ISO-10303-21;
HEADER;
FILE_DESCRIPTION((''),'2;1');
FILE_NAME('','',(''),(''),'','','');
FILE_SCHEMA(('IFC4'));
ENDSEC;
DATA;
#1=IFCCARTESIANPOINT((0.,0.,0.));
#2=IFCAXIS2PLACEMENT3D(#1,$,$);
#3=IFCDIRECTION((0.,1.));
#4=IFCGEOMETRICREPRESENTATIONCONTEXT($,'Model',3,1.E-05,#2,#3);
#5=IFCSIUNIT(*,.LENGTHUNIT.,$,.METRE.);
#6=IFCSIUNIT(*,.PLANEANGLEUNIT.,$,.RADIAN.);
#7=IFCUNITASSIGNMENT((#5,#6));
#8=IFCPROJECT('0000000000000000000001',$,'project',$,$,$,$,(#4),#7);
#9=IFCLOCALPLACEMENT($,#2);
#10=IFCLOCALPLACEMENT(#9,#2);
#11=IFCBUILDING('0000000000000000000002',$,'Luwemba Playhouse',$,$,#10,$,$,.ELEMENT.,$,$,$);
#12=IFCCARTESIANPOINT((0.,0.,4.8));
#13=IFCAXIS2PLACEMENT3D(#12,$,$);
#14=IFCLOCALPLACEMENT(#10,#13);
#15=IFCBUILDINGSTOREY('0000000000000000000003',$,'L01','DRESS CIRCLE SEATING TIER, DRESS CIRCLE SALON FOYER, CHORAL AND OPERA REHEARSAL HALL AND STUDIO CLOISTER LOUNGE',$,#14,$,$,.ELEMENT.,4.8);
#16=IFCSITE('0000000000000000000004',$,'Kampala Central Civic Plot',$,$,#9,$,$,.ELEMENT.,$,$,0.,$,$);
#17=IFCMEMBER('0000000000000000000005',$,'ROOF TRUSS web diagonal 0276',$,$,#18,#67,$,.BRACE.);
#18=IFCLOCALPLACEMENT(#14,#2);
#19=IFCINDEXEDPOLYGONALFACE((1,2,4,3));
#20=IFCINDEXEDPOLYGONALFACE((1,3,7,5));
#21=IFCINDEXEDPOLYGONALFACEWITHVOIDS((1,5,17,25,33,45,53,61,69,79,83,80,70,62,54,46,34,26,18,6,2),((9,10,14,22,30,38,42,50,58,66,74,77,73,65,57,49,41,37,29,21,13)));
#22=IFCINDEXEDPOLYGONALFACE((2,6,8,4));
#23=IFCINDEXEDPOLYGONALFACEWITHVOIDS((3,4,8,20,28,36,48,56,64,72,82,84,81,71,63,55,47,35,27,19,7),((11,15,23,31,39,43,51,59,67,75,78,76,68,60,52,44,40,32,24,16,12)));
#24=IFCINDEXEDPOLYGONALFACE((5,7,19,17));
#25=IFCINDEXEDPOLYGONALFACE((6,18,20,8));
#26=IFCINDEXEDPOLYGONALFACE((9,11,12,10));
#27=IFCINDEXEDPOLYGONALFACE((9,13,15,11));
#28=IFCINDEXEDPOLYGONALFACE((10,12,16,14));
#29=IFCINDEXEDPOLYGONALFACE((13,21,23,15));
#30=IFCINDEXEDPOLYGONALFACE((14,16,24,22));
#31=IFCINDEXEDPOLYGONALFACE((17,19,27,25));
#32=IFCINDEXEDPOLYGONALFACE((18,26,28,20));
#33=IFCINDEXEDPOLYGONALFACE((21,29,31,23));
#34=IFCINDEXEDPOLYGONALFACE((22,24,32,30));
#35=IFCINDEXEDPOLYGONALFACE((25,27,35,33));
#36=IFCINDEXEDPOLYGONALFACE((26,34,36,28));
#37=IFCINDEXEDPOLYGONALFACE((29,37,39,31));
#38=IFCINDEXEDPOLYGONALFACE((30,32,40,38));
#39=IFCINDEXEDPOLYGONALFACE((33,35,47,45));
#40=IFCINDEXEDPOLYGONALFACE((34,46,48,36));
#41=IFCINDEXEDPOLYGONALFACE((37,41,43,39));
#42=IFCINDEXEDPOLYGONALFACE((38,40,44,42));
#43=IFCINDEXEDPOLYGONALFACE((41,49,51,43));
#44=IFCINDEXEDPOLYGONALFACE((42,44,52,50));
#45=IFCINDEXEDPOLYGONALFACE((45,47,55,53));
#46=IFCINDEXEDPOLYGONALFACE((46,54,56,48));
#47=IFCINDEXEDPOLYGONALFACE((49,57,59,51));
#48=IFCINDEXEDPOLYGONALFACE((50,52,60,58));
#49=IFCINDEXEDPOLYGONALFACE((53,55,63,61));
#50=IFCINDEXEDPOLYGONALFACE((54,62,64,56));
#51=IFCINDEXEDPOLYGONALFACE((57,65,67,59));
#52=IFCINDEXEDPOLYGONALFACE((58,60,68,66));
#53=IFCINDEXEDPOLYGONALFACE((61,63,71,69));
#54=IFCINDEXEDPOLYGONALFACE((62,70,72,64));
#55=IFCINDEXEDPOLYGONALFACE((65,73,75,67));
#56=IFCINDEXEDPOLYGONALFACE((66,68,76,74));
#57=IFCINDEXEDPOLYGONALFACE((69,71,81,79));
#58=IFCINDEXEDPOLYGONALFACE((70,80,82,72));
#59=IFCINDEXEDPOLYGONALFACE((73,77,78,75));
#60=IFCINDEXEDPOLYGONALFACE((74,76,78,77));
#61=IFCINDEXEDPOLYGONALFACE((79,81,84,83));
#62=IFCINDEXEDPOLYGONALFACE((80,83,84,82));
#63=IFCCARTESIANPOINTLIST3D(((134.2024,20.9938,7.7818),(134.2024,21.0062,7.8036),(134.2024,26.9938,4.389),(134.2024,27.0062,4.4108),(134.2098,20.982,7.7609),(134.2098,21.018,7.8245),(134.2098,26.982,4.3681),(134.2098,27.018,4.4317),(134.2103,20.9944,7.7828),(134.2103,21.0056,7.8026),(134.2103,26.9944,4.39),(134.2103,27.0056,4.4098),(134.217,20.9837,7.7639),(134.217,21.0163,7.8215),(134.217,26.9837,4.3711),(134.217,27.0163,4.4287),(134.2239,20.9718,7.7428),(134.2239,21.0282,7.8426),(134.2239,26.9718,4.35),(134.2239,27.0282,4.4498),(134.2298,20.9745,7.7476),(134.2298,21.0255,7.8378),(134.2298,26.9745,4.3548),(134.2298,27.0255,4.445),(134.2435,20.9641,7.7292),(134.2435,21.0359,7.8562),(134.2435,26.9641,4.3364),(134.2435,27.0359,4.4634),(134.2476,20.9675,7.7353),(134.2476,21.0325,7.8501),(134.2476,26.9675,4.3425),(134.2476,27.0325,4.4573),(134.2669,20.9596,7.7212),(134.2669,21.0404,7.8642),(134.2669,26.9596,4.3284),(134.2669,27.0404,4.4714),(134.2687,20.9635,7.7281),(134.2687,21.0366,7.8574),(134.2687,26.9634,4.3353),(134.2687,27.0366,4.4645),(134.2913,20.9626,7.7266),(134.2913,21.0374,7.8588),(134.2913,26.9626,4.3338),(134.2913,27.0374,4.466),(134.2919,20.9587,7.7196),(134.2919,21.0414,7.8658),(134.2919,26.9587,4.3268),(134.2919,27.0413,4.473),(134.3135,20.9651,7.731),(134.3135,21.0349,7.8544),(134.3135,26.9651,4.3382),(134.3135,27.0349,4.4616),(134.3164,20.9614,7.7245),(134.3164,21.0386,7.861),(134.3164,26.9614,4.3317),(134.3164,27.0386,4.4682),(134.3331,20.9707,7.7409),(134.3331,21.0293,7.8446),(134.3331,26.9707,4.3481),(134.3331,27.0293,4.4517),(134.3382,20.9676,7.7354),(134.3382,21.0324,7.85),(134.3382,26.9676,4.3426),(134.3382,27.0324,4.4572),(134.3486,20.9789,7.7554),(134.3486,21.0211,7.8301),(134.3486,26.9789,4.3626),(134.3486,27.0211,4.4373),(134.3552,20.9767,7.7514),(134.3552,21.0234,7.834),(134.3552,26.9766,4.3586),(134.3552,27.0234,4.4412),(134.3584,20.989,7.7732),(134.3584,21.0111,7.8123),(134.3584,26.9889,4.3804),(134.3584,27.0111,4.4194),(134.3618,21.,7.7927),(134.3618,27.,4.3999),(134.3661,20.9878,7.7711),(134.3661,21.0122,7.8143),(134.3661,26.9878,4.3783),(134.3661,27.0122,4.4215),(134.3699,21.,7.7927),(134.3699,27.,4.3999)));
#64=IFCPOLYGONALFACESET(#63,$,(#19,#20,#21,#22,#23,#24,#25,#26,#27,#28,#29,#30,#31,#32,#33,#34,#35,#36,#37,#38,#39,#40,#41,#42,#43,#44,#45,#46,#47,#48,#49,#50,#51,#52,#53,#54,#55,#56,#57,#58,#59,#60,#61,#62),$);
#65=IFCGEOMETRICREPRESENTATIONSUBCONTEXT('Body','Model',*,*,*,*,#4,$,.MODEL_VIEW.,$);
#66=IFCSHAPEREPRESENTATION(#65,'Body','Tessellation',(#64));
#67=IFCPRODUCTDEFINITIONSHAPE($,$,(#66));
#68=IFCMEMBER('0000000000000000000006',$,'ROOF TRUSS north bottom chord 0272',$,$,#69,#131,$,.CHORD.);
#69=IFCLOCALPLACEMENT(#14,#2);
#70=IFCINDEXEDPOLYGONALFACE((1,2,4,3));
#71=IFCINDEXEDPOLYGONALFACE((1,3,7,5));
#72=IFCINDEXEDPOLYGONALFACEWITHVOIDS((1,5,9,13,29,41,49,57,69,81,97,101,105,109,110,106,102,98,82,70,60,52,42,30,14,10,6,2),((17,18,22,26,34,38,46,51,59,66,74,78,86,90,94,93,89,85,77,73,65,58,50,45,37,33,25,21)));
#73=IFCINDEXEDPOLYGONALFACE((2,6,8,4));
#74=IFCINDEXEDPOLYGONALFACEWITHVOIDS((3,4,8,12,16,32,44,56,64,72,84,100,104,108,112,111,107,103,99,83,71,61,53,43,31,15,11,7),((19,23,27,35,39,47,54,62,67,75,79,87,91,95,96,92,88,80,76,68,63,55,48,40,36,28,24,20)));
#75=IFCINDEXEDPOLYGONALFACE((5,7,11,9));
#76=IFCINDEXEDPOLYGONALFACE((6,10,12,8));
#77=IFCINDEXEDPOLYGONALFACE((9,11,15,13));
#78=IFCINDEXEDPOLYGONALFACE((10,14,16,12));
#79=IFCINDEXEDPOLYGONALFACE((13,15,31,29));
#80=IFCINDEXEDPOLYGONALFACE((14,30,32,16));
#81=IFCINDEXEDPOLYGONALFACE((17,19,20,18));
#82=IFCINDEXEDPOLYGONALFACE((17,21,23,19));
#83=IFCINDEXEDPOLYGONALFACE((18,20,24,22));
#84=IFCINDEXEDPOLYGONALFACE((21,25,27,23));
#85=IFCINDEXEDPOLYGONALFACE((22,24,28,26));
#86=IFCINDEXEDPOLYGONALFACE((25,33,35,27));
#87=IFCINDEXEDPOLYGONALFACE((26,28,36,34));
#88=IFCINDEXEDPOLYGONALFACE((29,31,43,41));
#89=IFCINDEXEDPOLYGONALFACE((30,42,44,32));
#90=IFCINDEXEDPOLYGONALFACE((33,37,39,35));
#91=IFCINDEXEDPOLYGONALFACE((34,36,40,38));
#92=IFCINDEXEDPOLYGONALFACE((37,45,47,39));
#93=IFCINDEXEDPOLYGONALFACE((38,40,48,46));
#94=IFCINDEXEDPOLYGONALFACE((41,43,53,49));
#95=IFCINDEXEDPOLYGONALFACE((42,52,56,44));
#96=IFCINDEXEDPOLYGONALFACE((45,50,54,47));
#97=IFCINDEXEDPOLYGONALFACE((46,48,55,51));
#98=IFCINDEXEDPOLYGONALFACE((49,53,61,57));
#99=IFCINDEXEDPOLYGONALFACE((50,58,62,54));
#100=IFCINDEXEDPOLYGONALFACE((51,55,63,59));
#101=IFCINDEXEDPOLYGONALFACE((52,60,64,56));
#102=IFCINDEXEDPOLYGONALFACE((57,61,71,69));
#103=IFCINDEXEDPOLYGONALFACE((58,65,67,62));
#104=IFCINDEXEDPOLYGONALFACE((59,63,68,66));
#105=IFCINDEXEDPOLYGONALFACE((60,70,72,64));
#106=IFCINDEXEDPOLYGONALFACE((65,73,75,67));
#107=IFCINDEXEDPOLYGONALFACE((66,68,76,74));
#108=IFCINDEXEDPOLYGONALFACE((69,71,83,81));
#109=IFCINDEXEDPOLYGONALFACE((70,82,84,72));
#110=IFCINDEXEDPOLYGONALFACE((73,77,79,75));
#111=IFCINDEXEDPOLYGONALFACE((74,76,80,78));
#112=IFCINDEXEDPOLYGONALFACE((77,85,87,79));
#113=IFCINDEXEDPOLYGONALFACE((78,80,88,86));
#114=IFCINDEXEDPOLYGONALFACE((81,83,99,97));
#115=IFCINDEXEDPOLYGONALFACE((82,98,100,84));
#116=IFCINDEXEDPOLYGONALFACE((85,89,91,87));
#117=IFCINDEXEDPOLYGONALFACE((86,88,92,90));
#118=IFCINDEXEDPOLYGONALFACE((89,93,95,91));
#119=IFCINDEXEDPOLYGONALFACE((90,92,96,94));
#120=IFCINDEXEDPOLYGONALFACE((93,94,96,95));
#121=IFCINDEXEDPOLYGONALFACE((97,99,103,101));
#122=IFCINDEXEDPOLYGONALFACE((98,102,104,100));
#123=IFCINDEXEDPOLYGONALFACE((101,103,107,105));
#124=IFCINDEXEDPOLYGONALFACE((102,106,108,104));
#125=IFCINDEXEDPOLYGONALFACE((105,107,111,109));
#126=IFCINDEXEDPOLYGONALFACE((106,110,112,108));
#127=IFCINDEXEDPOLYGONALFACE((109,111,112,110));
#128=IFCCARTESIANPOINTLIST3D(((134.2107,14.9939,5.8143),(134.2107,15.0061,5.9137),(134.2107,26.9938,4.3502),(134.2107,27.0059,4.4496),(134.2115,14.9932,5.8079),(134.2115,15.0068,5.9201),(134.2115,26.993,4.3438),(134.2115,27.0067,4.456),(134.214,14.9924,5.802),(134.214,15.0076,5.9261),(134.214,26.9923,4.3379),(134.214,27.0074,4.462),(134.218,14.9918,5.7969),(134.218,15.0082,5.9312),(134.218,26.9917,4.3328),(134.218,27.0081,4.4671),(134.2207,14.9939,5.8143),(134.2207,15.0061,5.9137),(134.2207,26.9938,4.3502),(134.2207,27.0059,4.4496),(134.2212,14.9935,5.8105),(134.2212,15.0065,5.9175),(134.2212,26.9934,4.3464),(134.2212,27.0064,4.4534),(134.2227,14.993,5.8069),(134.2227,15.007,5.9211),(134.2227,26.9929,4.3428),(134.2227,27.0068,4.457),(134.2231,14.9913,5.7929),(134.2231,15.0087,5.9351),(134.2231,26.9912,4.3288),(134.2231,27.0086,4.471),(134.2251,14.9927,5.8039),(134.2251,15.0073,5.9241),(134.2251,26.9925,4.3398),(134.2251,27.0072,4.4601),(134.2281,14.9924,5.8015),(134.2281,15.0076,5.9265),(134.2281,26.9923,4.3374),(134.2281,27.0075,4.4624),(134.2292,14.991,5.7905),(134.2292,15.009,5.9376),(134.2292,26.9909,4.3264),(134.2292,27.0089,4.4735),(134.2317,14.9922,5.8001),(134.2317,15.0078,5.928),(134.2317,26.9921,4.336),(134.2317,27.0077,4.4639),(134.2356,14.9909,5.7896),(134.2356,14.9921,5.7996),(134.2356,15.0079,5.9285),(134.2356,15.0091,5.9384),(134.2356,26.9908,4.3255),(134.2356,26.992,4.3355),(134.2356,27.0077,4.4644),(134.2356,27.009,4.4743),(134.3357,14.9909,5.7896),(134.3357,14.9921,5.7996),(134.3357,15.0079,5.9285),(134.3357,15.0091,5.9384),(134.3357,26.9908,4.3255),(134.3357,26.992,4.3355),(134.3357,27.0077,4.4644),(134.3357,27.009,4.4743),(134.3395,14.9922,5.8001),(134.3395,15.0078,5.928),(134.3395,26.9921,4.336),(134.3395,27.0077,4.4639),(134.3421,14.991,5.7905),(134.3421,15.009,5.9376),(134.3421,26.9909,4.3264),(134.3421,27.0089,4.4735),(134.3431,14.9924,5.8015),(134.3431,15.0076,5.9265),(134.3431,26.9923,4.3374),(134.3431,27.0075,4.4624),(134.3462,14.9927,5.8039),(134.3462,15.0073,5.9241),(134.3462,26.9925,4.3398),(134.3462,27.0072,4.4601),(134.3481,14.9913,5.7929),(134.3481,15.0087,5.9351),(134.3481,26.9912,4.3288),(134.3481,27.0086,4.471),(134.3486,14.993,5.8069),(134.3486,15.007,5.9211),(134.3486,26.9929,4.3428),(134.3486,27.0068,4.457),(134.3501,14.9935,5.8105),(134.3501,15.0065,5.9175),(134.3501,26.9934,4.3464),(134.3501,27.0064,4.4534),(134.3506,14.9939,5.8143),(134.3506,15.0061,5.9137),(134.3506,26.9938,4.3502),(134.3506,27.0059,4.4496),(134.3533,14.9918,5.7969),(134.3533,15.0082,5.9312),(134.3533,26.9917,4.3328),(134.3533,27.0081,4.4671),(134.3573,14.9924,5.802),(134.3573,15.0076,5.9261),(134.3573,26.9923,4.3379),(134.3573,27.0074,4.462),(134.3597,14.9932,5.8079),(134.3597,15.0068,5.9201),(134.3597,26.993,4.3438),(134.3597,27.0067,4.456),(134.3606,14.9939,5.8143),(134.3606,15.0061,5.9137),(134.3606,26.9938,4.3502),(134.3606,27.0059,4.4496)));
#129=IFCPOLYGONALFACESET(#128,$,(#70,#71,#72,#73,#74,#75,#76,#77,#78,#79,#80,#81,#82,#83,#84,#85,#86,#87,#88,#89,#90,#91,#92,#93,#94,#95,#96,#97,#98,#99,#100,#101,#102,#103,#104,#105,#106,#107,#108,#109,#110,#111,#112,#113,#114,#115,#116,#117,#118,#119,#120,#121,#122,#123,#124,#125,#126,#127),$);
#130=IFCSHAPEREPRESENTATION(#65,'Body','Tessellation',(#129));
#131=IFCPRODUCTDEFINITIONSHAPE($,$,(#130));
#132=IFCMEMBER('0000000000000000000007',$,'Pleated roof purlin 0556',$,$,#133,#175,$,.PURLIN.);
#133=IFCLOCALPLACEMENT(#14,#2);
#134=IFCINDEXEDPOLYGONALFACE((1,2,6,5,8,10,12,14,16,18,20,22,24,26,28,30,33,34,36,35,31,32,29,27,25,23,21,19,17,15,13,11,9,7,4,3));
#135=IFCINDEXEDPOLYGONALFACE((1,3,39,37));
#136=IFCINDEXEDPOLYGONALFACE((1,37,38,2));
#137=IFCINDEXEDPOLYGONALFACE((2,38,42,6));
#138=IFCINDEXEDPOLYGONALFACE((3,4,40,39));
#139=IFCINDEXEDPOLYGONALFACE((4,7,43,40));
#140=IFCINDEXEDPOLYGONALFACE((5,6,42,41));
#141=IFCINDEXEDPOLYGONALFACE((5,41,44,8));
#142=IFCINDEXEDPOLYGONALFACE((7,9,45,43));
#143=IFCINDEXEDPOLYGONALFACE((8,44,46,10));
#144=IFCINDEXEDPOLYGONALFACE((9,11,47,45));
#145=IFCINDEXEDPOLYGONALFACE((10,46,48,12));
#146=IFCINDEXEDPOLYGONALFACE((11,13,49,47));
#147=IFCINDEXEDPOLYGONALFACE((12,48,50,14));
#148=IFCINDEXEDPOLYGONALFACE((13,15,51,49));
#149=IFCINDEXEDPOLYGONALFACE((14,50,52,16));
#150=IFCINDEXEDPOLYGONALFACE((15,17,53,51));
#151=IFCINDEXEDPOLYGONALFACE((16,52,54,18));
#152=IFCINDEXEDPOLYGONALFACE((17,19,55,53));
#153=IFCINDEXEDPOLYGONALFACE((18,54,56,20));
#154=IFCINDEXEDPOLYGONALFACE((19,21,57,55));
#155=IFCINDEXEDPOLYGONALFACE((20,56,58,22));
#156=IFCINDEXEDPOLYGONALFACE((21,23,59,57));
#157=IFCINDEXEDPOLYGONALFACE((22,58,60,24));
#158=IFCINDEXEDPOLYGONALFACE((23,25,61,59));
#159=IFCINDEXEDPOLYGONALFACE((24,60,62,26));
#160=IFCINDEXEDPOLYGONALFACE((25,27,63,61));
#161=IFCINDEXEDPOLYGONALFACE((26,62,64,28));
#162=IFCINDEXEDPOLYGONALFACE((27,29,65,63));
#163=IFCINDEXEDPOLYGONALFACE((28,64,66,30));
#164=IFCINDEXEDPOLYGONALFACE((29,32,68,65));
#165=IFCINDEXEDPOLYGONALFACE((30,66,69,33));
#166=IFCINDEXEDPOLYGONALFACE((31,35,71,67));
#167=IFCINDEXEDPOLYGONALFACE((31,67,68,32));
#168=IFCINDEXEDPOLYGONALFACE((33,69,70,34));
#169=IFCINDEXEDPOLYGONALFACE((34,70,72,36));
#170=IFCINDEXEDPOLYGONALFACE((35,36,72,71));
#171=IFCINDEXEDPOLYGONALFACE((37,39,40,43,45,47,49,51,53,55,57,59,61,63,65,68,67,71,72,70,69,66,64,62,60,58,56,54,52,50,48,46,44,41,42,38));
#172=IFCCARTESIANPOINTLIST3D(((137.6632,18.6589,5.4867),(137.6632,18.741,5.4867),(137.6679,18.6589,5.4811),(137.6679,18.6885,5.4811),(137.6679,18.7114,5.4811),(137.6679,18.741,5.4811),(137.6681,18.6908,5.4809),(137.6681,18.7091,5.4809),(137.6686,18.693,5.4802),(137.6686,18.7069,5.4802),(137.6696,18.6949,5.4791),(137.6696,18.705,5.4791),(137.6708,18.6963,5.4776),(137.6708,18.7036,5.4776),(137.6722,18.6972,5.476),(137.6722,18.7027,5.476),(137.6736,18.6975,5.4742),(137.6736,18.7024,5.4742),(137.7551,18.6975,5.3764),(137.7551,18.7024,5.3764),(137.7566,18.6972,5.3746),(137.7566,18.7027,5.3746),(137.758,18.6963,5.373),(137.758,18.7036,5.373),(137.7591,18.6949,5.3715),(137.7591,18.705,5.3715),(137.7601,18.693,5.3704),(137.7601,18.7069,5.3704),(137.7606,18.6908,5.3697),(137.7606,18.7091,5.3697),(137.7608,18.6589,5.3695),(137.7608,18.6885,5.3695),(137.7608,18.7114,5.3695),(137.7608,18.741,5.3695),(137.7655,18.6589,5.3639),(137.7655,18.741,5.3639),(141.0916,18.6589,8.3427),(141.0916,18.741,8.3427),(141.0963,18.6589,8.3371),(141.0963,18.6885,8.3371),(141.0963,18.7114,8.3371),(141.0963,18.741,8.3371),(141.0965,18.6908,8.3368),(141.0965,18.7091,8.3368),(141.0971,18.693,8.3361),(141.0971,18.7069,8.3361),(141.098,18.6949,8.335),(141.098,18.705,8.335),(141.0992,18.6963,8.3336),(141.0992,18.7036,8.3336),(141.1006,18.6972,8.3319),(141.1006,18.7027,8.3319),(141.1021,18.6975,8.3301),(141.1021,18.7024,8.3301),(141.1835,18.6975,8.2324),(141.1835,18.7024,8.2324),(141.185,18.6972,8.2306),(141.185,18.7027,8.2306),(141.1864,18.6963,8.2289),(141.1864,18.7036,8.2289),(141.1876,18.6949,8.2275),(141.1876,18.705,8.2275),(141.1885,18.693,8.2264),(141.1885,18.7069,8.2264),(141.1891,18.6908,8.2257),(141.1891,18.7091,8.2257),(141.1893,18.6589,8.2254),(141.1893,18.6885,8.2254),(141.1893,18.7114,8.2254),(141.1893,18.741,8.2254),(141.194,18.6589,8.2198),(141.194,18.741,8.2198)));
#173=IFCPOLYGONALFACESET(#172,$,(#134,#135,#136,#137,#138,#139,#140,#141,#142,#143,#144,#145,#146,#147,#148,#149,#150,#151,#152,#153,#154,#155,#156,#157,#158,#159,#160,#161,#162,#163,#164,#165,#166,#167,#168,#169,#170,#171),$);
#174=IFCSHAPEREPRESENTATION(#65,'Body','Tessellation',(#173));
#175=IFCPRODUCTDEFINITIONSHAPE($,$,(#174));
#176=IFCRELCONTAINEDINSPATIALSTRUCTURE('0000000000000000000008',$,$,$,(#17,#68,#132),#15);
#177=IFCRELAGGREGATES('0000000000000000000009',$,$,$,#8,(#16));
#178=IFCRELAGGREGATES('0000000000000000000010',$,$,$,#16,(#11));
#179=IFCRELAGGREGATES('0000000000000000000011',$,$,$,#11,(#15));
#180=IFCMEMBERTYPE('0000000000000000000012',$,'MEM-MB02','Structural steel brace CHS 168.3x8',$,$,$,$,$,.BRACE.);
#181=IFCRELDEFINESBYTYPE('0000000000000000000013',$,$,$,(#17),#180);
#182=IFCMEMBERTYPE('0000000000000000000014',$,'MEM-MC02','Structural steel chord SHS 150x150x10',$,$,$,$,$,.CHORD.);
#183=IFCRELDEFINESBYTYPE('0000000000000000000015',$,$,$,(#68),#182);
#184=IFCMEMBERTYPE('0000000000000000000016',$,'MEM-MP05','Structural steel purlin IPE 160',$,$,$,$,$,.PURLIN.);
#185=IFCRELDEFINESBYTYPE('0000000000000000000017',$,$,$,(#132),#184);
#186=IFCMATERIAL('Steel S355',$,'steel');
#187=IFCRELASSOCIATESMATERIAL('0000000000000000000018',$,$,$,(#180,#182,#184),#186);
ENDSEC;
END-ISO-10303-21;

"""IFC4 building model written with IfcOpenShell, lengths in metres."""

from ifc_helpers import new_model, si_unit, direction, frame, origin, origin_2d, place, context, subcontext, project, spatial, hollow_rectangle, hollow_circle, i_section, extrude, material, material_profile, profile_set, type_object, element, save


model = new_model("IFC4")

# Units and contexts
model_context = context("Model", 3, precision=1e-05, world=origin(), true_north=direction((0.0, 1.0)))
body_context = subcontext(model_context, "Body", "Model", "MODEL_VIEW")
ifc_project = project(units=[si_unit("LENGTHUNIT", "METRE"), si_unit("PLANEANGLEUNIT", "RADIAN")], contexts=[model_context])

# Site, building, storey
site_placement = place(None, origin())
site = spatial("IfcSite", under=ifc_project, at=site_placement, Name="Kampala Central Civic Plot", CompositionType="ELEMENT", RefElevation=0.0)
building_placement = place(site_placement, origin())
building = spatial("IfcBuilding", under=site, at=building_placement, Name="Luwemba Playhouse", CompositionType="ELEMENT")
storey_placement = place(building_placement, frame((0.0, 0.0, 4.8)))
storey = spatial("IfcBuildingStorey", under=building, at=storey_placement, Name="L01", Description="DRESS CIRCLE SEATING TIER, DRESS CIRCLE SALON FOYER, CHORAL AND OPERA REHEARSAL HALL AND STUDIO CLOISTER LOUNGE", CompositionType="ELEMENT", Elevation=4.8)

# Shared definitions
ifc_material_1 = material(Name="Steel S355", Category="steel")

# Members
ifc_material_profile_1 = material_profile(ifc_material_1, hollow_circle(Radius=0.0842, WallThickness=0.0081, at=origin_2d()))
ifc_profile_set_1 = profile_set([ifc_material_profile_1], Name="Steel S355")
member_type_1 = type_object("IfcMemberType", Name="MEM-MB02", Description="Structural steel brace CHS 168.3x8", PredefinedType="BRACE", material=ifc_profile_set_1)
member_1_placement = place(storey_placement, frame((134.2856, 27.0, 4.3999), z_axis=(0.0, -0.870468, 0.492224), x_axis=(1.0, 0.0, 0.0)))
element("IfcMember", 1, at=member_1_placement, inside=storey, type_object=member_type_1, Name="ROOF TRUSS web diagonal 0276", PredefinedType="BRACE", context=body_context, shape_type="SweptSolid", body=[
    extrude(hollow_circle(Radius=0.0842, WallThickness=0.0081, at=origin_2d()), origin(), (0.0, 0.0, 1.0), 6.8928),
])
ifc_material_profile_2 = material_profile(ifc_material_1, hollow_rectangle(XDim=0.1499, YDim=0.1499, WallThickness=0.01, InnerFilletRadius=0.0149, OuterFilletRadius=0.0249, at=origin_2d()))
ifc_profile_set_2 = profile_set([ifc_material_profile_2], Name="Steel S355")
member_type_2 = type_object("IfcMemberType", Name="MEM-MC02", Description="Structural steel chord SHS 150x150x10", PredefinedType="CHORD", material=ifc_profile_set_2)
member_2_placement = place(storey_placement, frame((134.2856, 15.0, 5.864), z_axis=(0.0, 0.992639, -0.121111), x_axis=(-1.0, 0.0, 0.0)))
element("IfcMember", 2, at=member_2_placement, inside=storey, type_object=member_type_2, Name="ROOF TRUSS north bottom chord 0272", PredefinedType="CHORD", context=body_context, shape_type="SweptSolid", body=[
    extrude(hollow_rectangle(XDim=0.1499, YDim=0.1499, WallThickness=0.01, InnerFilletRadius=0.0149, OuterFilletRadius=0.0249, at=origin_2d()), origin(), (0.0, 0.0, 1.0), 12.0889),
])
ifc_material_profile_3 = material_profile(ifc_material_1, i_section(OverallWidth=0.082, OverallDepth=0.1599, WebThickness=0.0049, FlangeThickness=0.0073, FilletRadius=0.009, at=origin_2d()))
ifc_profile_set_3 = profile_set([ifc_material_profile_3], Name="Steel S355")
member_type_3 = type_object("IfcMemberType", Name="MEM-MP05", Description="Structural steel purlin IPE 160", PredefinedType="PURLIN", material=ifc_profile_set_3)
member_3_placement = place(storey_placement, frame((137.7144, 18.7, 5.4253), z_axis=(0.768342, 0.0, 0.640039), x_axis=(0.0, 1.0, 0.0)))
element("IfcMember", 3, at=member_3_placement, inside=storey, type_object=member_type_3, Name="Pleated roof purlin 0556", PredefinedType="PURLIN", context=body_context, shape_type="SweptSolid", body=[
    extrude(i_section(OverallWidth=0.082, OverallDepth=0.1599, WebThickness=0.0049, FlangeThickness=0.0073, FilletRadius=0.009, at=origin_2d()), origin(), (0.0, 0.0, 1.0), 4.4622),
])

save(model, "model.ifc")
